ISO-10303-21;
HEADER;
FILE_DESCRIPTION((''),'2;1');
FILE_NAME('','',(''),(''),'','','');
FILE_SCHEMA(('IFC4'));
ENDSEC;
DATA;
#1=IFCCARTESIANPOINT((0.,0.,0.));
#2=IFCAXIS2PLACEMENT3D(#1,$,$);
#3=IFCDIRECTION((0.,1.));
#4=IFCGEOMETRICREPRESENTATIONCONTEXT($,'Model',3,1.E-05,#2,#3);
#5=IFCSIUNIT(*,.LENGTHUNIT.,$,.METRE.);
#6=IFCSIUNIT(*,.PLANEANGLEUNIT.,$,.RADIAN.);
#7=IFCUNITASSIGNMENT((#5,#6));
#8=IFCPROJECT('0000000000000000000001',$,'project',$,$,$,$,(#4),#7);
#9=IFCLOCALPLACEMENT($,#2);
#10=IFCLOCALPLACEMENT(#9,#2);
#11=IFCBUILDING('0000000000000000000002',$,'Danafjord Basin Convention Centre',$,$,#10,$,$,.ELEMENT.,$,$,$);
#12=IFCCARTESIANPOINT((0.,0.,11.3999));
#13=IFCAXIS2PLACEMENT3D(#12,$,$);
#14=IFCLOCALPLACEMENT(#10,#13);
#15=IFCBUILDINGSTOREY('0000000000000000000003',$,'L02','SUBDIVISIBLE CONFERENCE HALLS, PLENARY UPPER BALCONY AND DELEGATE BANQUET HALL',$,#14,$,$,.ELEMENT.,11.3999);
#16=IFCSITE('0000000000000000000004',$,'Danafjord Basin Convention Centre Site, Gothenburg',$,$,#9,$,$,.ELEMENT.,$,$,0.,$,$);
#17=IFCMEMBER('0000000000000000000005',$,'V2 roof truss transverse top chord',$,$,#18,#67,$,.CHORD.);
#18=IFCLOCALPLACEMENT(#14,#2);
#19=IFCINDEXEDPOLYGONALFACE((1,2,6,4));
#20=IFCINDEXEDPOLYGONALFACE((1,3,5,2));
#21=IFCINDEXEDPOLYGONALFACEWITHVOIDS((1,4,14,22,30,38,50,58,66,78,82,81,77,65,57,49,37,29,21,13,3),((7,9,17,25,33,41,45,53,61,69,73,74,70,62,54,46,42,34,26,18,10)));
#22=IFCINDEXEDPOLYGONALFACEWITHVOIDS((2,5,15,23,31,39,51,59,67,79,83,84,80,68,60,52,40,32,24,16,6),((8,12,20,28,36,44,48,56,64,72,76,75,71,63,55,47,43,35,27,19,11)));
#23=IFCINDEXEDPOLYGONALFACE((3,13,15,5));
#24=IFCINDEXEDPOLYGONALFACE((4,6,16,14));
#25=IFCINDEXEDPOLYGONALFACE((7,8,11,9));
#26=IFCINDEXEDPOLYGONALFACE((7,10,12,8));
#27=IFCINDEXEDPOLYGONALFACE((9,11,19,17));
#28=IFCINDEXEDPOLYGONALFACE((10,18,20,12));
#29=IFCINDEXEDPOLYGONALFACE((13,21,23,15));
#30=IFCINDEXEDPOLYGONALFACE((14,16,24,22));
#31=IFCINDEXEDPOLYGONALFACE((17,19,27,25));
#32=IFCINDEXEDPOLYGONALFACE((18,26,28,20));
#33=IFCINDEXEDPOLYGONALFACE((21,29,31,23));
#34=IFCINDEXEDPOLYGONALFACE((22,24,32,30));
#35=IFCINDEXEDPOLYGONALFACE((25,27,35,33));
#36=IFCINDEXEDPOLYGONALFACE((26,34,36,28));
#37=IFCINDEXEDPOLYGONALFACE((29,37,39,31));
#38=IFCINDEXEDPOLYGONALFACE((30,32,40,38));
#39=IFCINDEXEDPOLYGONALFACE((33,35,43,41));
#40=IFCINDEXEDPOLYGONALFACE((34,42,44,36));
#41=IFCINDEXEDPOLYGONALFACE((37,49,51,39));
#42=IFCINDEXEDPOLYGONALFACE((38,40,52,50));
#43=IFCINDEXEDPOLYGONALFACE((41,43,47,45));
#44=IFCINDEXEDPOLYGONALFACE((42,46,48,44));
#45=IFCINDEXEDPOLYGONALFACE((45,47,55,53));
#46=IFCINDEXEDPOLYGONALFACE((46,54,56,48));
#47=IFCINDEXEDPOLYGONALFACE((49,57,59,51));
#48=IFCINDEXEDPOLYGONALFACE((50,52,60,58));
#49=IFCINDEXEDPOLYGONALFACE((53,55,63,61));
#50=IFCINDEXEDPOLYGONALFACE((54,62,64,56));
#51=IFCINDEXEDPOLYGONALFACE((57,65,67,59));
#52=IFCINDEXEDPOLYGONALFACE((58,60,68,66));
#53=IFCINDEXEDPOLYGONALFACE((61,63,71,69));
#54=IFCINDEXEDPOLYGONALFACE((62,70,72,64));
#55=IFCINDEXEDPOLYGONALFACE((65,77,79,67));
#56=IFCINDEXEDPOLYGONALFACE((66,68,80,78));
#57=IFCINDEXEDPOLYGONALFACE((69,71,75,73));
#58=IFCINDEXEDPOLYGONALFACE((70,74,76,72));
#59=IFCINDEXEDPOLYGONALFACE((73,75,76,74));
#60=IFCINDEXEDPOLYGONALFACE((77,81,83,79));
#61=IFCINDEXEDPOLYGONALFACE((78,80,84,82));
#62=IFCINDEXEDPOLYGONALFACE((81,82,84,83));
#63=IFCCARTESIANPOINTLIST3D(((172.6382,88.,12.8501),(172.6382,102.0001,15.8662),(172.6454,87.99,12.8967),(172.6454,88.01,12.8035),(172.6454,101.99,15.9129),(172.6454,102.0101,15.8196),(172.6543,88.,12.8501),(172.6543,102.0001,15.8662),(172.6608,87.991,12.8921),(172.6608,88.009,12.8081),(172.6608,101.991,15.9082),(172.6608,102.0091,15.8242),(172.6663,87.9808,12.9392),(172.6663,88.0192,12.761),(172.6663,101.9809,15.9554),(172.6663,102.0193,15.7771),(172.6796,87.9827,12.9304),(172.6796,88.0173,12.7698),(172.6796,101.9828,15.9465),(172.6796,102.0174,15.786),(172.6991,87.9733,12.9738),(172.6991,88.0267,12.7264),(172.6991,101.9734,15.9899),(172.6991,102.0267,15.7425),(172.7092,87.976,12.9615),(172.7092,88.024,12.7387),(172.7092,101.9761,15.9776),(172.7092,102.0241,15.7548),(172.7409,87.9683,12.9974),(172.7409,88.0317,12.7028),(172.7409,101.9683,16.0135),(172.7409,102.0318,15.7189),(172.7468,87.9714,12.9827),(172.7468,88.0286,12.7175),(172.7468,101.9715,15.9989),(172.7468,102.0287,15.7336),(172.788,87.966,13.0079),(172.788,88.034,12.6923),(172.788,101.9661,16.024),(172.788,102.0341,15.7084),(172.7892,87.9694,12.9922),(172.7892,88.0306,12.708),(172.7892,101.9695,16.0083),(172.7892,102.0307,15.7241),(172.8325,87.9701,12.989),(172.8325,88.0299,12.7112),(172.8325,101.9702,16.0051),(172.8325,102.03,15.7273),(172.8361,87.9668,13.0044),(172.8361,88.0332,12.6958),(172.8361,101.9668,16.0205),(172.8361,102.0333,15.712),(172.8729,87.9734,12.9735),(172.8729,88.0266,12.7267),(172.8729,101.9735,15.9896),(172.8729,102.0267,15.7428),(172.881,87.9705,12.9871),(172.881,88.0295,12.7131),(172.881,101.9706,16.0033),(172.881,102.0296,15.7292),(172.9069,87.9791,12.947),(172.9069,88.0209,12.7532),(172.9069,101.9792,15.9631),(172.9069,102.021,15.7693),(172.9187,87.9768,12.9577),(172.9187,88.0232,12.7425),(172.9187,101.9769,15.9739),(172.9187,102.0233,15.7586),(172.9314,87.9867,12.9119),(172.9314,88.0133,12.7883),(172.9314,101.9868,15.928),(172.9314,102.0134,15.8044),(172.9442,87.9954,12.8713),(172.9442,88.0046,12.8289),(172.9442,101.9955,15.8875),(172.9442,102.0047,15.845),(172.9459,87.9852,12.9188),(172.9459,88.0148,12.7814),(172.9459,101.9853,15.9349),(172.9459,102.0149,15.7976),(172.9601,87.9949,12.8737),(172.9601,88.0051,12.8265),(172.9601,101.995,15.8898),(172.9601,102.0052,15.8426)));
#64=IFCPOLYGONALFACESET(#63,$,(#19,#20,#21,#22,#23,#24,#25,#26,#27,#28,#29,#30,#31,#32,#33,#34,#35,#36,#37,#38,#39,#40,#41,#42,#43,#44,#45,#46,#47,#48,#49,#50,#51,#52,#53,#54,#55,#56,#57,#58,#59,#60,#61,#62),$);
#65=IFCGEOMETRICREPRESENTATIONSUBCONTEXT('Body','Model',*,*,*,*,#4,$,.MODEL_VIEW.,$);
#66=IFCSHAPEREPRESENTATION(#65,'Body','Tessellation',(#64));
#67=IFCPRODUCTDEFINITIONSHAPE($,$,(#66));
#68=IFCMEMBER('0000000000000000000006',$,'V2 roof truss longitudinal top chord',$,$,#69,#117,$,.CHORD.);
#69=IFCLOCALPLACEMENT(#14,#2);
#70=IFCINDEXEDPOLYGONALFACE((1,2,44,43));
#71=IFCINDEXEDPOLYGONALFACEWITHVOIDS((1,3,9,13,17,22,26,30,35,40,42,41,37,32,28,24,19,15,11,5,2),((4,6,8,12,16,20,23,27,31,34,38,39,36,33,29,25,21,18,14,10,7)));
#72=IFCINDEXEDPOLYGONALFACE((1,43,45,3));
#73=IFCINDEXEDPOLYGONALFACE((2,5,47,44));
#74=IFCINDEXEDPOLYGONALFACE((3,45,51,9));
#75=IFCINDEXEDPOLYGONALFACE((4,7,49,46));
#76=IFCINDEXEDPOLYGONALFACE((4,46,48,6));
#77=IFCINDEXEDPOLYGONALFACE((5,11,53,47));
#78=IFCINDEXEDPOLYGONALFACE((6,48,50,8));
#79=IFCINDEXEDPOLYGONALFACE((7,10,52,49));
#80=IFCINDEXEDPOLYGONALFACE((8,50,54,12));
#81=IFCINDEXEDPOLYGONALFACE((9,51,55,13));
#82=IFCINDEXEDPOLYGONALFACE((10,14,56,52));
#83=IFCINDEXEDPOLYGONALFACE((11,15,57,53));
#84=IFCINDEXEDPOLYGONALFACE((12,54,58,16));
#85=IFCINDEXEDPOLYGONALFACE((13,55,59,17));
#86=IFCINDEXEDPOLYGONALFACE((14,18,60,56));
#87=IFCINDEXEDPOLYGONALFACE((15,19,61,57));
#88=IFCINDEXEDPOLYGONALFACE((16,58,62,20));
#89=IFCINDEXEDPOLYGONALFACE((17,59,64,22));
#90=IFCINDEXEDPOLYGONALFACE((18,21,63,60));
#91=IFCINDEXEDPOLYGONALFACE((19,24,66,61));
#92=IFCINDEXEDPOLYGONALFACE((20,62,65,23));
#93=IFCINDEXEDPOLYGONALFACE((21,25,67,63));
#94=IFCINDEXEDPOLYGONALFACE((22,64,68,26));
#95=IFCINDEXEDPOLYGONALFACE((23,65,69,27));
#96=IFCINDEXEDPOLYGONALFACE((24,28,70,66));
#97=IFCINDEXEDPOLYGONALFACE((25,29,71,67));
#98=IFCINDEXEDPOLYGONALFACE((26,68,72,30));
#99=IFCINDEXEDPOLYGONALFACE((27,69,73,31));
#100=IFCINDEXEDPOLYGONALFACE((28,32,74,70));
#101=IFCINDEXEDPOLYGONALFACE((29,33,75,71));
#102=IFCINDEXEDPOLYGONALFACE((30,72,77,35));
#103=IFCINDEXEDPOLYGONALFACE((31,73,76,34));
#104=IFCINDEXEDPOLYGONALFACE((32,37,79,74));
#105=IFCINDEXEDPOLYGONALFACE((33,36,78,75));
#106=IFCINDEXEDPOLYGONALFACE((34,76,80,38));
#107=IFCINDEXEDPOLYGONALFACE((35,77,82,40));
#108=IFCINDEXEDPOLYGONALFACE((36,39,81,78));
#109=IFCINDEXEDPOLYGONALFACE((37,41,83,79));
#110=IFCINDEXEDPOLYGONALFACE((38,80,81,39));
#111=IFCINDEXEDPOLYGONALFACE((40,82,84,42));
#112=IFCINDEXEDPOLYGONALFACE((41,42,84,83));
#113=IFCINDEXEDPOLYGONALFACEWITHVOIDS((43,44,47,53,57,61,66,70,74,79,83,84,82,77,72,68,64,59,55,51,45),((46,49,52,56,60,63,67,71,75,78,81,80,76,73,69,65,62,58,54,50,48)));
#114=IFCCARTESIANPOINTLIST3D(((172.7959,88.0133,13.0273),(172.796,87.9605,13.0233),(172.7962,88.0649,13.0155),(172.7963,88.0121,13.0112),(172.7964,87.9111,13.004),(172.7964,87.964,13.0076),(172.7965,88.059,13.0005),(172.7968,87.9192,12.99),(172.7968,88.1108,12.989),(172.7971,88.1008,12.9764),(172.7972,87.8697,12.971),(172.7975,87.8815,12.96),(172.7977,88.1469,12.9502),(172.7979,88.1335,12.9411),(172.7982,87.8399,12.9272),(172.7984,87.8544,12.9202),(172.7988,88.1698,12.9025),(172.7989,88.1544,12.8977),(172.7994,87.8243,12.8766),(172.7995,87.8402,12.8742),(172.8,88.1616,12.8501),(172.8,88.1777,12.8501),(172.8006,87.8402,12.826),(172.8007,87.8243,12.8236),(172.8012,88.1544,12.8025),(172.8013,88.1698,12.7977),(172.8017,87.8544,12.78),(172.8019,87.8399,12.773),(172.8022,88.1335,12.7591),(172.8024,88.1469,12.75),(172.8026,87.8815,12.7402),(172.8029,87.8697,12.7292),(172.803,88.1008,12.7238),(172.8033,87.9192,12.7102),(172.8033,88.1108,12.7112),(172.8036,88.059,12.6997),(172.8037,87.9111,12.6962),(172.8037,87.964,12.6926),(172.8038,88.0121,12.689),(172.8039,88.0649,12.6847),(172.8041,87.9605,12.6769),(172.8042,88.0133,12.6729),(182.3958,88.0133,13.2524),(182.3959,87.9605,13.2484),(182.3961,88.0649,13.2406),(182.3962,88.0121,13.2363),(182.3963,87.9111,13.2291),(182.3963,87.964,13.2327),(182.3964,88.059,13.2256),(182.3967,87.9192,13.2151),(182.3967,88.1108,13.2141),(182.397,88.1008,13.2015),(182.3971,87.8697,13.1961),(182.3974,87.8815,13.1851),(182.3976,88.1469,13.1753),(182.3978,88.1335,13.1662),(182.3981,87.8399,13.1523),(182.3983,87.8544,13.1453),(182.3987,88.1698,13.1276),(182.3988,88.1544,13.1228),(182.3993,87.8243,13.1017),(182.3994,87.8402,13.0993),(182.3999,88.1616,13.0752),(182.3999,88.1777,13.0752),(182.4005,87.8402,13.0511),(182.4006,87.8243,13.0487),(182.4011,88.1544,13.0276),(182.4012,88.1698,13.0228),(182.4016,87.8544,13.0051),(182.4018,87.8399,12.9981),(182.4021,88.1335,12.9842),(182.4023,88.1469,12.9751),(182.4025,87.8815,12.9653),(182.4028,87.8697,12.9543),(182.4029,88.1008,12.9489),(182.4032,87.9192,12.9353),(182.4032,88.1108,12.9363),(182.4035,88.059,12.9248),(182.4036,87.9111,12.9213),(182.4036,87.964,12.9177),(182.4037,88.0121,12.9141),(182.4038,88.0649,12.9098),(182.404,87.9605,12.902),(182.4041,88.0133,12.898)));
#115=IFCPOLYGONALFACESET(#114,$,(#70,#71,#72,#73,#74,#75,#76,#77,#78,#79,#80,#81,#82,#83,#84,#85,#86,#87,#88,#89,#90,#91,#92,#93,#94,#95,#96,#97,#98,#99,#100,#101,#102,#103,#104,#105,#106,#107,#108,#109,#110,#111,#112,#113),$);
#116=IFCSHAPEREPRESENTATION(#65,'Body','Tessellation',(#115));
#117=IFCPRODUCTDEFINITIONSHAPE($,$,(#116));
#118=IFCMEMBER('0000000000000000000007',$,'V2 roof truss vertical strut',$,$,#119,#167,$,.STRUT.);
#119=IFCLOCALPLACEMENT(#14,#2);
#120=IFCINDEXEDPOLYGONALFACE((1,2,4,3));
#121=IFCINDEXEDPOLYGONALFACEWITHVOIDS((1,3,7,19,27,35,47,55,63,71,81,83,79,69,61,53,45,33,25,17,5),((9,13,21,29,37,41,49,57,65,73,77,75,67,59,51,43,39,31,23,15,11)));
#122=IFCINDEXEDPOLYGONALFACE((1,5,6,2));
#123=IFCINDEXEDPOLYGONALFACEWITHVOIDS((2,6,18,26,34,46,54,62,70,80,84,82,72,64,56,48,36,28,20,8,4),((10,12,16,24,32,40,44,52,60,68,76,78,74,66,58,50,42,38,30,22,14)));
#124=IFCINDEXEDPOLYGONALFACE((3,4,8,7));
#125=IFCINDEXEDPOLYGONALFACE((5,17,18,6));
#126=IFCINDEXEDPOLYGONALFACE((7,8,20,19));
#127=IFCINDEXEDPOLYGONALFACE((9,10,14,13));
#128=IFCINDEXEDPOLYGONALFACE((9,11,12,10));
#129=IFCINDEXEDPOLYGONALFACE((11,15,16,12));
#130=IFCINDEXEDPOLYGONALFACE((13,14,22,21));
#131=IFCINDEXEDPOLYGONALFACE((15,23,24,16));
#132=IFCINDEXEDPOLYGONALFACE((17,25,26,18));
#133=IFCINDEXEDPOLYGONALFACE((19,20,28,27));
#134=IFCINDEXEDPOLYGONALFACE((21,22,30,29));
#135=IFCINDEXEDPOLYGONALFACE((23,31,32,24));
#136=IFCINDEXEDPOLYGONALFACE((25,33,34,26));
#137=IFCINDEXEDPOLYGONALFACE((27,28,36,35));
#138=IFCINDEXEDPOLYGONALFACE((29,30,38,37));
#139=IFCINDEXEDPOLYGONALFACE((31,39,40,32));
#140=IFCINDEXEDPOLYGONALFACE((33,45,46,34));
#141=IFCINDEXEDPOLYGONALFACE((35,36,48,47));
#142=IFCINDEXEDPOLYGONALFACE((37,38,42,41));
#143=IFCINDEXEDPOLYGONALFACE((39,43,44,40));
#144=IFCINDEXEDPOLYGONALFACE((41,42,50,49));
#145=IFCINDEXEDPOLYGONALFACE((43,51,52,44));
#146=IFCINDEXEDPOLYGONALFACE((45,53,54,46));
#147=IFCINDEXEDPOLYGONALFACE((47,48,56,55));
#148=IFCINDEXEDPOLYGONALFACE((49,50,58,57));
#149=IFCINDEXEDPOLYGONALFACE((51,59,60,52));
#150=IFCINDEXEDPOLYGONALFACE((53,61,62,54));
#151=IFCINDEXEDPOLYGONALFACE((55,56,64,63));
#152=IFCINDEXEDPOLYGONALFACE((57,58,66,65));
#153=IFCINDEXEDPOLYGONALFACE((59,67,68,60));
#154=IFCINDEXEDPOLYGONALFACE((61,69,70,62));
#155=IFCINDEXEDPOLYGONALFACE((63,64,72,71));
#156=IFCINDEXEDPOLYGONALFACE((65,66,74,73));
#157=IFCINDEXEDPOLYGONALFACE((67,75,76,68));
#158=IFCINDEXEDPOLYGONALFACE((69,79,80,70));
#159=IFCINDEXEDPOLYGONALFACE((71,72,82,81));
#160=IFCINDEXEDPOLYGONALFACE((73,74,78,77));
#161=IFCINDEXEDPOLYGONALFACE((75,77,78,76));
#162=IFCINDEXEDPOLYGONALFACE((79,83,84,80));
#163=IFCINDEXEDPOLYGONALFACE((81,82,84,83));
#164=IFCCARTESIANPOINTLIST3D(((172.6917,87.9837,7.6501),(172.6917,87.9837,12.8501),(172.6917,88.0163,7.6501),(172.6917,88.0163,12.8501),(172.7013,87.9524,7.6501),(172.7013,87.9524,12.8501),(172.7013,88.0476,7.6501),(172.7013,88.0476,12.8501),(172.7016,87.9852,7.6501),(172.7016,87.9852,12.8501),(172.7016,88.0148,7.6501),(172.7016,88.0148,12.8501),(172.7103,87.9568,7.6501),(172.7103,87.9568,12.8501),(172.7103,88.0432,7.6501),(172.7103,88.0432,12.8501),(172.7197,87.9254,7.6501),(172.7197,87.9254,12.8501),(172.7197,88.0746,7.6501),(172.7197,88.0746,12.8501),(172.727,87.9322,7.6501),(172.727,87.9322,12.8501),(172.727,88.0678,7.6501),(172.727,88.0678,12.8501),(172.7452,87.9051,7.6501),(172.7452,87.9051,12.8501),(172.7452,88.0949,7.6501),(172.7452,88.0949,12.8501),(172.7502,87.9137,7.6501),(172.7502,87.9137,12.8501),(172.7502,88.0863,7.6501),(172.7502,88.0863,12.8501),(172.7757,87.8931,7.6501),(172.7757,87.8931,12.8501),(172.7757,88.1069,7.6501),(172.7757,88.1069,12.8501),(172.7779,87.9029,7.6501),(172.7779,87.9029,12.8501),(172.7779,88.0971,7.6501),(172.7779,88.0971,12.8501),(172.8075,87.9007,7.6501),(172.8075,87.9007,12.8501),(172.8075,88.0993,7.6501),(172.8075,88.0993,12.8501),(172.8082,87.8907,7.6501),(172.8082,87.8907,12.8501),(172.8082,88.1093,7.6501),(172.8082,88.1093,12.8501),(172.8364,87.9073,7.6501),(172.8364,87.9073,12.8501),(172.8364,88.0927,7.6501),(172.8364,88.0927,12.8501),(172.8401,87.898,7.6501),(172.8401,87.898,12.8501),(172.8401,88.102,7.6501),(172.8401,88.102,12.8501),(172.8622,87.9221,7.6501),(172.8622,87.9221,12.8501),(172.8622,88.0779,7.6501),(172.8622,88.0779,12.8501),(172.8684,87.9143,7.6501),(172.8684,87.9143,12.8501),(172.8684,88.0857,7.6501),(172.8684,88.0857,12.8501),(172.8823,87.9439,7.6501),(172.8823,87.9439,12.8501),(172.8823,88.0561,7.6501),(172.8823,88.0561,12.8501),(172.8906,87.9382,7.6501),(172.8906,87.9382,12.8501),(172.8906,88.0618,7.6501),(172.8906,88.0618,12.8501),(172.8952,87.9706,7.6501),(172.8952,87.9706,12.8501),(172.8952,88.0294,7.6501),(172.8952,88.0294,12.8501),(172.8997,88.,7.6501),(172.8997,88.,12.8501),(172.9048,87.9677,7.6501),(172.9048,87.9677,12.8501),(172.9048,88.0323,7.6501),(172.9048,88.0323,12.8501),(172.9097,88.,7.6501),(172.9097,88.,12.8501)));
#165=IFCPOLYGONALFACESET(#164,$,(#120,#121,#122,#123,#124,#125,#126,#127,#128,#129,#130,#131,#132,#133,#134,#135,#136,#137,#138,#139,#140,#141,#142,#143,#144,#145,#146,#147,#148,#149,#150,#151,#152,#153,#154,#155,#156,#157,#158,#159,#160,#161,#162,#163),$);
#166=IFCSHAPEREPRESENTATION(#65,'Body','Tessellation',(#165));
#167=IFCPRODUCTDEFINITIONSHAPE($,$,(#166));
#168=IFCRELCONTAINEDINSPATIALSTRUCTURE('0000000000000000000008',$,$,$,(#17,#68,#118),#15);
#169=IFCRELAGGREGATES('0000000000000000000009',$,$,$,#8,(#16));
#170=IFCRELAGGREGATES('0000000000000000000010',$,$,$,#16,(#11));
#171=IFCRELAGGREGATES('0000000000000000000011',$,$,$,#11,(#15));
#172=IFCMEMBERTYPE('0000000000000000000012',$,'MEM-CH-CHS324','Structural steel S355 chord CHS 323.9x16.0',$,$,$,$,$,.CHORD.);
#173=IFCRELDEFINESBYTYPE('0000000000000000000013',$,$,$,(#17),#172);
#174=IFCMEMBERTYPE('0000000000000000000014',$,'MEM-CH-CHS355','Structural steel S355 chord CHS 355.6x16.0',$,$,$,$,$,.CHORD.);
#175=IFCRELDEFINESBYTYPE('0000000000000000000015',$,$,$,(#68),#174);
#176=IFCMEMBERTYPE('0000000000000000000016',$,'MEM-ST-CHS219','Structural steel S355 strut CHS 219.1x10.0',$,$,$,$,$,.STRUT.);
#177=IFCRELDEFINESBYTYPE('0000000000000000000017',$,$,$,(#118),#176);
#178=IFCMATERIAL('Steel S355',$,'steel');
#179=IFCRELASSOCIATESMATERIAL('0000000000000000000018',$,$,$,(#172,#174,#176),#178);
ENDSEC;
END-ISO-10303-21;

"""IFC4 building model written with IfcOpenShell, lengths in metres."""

from ifc_helpers import new_model, si_unit, direction, frame, origin, origin_2d, place, context, subcontext, project, spatial, hollow_circle, extrude, material, material_profile, profile_set, type_object, element, save


model = new_model("IFC4")

# Units and contexts
model_context = context("Model", 3, precision=1e-05, world=origin(), true_north=direction((0.0, 1.0)))
body_context = subcontext(model_context, "Body", "Model", "MODEL_VIEW")
ifc_project = project(units=[si_unit("LENGTHUNIT", "METRE"), si_unit("PLANEANGLEUNIT", "RADIAN")], contexts=[model_context])

# Site, building, storey
site_placement = place(None, origin())
site = spatial("IfcSite", under=ifc_project, at=site_placement, Name="Danafjord Basin Convention Centre Site, Gothenburg", CompositionType="ELEMENT", RefElevation=0.0)
building_placement = place(site_placement, origin())
building = spatial("IfcBuilding", under=site, at=building_placement, Name="Danafjord Basin Convention Centre", CompositionType="ELEMENT")
storey_placement = place(building_placement, frame((0.0, 0.0, 11.3999)))
storey = spatial("IfcBuildingStorey", under=building, at=storey_placement, Name="L02", Description="SUBDIVISIBLE CONFERENCE HALLS, PLENARY UPPER BALCONY AND DELEGATE BANQUET HALL", CompositionType="ELEMENT", Elevation=11.3999)

# Shared definitions
ifc_material_1 = material(Name="Steel S355", Category="steel")

# Members
ifc_material_profile_1 = material_profile(ifc_material_1, hollow_circle(Radius=0.1619, WallThickness=0.0161, at=origin_2d()), Name="CHS 323.9x16.0")
ifc_profile_set_1 = profile_set([ifc_material_profile_1], Name="Steel S355")
member_type_1 = type_object("IfcMemberType", Name="MEM-CH-CHS324", Description="Structural steel S355 chord CHS 323.9x16.0", PredefinedType="CHORD", material=ifc_profile_set_1)
member_1_placement = place(storey_placement, frame((172.8, 88.0, 12.8501), z_axis=(0.0, 0.977571, 0.210605), x_axis=(-1.0, 0.0, 0.0)))
element("IfcMember", 1, at=member_1_placement, inside=storey, type_object=member_type_1, Name="V2 roof truss transverse top chord", PredefinedType="CHORD", context=body_context, shape_type="SweptSolid", body=[
    extrude(hollow_circle(Radius=0.1619, WallThickness=0.0161, at=origin_2d()), origin(), (0.0, 0.0, 1.0), 14.3213),
])
ifc_material_profile_2 = material_profile(ifc_material_1, hollow_circle(Radius=0.1777, WallThickness=0.0161, at=origin_2d()), Name="CHS 355.6x16.0")
ifc_profile_set_2 = profile_set([ifc_material_profile_2], Name="Steel S355")
member_type_2 = type_object("IfcMemberType", Name="MEM-CH-CHS355", Description="Structural steel S355 chord CHS 355.6x16.0", PredefinedType="CHORD", material=ifc_profile_set_2)
member_2_placement = place(storey_placement, frame((172.8, 88.0, 12.8501), z_axis=(0.999725, 0.0, 0.023442), x_axis=(0.0, 1.0, 0.0)))
element("IfcMember", 2, at=member_2_placement, inside=storey, type_object=member_type_2, Name="V2 roof truss longitudinal top chord", PredefinedType="CHORD", context=body_context, shape_type="SweptSolid", body=[
    extrude(hollow_circle(Radius=0.1777, WallThickness=0.0161, at=origin_2d()), origin(), (0.0, 0.0, 1.0), 9.6025),
])
ifc_material_profile_3 = material_profile(ifc_material_1, hollow_circle(Radius=0.1096, WallThickness=0.01, at=origin_2d()), Name="CHS 219.1x10.0")
ifc_profile_set_3 = profile_set([ifc_material_profile_3], Name="Steel S355")
member_type_3 = type_object("IfcMemberType", Name="MEM-ST-CHS219", Description="Structural steel S355 strut CHS 219.1x10.0", PredefinedType="STRUT", material=ifc_profile_set_3)
member_3_placement = place(storey_placement, frame((172.8, 88.0, 7.6501), z_axis=(0.0, 0.0, 1.0), x_axis=(1.0, 0.0, 0.0)))
element("IfcMember", 3, at=member_3_placement, inside=storey, type_object=member_type_3, Name="V2 roof truss vertical strut", PredefinedType="STRUT", context=body_context, shape_type="SweptSolid", body=[
    extrude(hollow_circle(Radius=0.1096, WallThickness=0.01, at=origin_2d()), origin(), (0.0, 0.0, 1.0), 5.2),
])

save(model, "model.ifc")
